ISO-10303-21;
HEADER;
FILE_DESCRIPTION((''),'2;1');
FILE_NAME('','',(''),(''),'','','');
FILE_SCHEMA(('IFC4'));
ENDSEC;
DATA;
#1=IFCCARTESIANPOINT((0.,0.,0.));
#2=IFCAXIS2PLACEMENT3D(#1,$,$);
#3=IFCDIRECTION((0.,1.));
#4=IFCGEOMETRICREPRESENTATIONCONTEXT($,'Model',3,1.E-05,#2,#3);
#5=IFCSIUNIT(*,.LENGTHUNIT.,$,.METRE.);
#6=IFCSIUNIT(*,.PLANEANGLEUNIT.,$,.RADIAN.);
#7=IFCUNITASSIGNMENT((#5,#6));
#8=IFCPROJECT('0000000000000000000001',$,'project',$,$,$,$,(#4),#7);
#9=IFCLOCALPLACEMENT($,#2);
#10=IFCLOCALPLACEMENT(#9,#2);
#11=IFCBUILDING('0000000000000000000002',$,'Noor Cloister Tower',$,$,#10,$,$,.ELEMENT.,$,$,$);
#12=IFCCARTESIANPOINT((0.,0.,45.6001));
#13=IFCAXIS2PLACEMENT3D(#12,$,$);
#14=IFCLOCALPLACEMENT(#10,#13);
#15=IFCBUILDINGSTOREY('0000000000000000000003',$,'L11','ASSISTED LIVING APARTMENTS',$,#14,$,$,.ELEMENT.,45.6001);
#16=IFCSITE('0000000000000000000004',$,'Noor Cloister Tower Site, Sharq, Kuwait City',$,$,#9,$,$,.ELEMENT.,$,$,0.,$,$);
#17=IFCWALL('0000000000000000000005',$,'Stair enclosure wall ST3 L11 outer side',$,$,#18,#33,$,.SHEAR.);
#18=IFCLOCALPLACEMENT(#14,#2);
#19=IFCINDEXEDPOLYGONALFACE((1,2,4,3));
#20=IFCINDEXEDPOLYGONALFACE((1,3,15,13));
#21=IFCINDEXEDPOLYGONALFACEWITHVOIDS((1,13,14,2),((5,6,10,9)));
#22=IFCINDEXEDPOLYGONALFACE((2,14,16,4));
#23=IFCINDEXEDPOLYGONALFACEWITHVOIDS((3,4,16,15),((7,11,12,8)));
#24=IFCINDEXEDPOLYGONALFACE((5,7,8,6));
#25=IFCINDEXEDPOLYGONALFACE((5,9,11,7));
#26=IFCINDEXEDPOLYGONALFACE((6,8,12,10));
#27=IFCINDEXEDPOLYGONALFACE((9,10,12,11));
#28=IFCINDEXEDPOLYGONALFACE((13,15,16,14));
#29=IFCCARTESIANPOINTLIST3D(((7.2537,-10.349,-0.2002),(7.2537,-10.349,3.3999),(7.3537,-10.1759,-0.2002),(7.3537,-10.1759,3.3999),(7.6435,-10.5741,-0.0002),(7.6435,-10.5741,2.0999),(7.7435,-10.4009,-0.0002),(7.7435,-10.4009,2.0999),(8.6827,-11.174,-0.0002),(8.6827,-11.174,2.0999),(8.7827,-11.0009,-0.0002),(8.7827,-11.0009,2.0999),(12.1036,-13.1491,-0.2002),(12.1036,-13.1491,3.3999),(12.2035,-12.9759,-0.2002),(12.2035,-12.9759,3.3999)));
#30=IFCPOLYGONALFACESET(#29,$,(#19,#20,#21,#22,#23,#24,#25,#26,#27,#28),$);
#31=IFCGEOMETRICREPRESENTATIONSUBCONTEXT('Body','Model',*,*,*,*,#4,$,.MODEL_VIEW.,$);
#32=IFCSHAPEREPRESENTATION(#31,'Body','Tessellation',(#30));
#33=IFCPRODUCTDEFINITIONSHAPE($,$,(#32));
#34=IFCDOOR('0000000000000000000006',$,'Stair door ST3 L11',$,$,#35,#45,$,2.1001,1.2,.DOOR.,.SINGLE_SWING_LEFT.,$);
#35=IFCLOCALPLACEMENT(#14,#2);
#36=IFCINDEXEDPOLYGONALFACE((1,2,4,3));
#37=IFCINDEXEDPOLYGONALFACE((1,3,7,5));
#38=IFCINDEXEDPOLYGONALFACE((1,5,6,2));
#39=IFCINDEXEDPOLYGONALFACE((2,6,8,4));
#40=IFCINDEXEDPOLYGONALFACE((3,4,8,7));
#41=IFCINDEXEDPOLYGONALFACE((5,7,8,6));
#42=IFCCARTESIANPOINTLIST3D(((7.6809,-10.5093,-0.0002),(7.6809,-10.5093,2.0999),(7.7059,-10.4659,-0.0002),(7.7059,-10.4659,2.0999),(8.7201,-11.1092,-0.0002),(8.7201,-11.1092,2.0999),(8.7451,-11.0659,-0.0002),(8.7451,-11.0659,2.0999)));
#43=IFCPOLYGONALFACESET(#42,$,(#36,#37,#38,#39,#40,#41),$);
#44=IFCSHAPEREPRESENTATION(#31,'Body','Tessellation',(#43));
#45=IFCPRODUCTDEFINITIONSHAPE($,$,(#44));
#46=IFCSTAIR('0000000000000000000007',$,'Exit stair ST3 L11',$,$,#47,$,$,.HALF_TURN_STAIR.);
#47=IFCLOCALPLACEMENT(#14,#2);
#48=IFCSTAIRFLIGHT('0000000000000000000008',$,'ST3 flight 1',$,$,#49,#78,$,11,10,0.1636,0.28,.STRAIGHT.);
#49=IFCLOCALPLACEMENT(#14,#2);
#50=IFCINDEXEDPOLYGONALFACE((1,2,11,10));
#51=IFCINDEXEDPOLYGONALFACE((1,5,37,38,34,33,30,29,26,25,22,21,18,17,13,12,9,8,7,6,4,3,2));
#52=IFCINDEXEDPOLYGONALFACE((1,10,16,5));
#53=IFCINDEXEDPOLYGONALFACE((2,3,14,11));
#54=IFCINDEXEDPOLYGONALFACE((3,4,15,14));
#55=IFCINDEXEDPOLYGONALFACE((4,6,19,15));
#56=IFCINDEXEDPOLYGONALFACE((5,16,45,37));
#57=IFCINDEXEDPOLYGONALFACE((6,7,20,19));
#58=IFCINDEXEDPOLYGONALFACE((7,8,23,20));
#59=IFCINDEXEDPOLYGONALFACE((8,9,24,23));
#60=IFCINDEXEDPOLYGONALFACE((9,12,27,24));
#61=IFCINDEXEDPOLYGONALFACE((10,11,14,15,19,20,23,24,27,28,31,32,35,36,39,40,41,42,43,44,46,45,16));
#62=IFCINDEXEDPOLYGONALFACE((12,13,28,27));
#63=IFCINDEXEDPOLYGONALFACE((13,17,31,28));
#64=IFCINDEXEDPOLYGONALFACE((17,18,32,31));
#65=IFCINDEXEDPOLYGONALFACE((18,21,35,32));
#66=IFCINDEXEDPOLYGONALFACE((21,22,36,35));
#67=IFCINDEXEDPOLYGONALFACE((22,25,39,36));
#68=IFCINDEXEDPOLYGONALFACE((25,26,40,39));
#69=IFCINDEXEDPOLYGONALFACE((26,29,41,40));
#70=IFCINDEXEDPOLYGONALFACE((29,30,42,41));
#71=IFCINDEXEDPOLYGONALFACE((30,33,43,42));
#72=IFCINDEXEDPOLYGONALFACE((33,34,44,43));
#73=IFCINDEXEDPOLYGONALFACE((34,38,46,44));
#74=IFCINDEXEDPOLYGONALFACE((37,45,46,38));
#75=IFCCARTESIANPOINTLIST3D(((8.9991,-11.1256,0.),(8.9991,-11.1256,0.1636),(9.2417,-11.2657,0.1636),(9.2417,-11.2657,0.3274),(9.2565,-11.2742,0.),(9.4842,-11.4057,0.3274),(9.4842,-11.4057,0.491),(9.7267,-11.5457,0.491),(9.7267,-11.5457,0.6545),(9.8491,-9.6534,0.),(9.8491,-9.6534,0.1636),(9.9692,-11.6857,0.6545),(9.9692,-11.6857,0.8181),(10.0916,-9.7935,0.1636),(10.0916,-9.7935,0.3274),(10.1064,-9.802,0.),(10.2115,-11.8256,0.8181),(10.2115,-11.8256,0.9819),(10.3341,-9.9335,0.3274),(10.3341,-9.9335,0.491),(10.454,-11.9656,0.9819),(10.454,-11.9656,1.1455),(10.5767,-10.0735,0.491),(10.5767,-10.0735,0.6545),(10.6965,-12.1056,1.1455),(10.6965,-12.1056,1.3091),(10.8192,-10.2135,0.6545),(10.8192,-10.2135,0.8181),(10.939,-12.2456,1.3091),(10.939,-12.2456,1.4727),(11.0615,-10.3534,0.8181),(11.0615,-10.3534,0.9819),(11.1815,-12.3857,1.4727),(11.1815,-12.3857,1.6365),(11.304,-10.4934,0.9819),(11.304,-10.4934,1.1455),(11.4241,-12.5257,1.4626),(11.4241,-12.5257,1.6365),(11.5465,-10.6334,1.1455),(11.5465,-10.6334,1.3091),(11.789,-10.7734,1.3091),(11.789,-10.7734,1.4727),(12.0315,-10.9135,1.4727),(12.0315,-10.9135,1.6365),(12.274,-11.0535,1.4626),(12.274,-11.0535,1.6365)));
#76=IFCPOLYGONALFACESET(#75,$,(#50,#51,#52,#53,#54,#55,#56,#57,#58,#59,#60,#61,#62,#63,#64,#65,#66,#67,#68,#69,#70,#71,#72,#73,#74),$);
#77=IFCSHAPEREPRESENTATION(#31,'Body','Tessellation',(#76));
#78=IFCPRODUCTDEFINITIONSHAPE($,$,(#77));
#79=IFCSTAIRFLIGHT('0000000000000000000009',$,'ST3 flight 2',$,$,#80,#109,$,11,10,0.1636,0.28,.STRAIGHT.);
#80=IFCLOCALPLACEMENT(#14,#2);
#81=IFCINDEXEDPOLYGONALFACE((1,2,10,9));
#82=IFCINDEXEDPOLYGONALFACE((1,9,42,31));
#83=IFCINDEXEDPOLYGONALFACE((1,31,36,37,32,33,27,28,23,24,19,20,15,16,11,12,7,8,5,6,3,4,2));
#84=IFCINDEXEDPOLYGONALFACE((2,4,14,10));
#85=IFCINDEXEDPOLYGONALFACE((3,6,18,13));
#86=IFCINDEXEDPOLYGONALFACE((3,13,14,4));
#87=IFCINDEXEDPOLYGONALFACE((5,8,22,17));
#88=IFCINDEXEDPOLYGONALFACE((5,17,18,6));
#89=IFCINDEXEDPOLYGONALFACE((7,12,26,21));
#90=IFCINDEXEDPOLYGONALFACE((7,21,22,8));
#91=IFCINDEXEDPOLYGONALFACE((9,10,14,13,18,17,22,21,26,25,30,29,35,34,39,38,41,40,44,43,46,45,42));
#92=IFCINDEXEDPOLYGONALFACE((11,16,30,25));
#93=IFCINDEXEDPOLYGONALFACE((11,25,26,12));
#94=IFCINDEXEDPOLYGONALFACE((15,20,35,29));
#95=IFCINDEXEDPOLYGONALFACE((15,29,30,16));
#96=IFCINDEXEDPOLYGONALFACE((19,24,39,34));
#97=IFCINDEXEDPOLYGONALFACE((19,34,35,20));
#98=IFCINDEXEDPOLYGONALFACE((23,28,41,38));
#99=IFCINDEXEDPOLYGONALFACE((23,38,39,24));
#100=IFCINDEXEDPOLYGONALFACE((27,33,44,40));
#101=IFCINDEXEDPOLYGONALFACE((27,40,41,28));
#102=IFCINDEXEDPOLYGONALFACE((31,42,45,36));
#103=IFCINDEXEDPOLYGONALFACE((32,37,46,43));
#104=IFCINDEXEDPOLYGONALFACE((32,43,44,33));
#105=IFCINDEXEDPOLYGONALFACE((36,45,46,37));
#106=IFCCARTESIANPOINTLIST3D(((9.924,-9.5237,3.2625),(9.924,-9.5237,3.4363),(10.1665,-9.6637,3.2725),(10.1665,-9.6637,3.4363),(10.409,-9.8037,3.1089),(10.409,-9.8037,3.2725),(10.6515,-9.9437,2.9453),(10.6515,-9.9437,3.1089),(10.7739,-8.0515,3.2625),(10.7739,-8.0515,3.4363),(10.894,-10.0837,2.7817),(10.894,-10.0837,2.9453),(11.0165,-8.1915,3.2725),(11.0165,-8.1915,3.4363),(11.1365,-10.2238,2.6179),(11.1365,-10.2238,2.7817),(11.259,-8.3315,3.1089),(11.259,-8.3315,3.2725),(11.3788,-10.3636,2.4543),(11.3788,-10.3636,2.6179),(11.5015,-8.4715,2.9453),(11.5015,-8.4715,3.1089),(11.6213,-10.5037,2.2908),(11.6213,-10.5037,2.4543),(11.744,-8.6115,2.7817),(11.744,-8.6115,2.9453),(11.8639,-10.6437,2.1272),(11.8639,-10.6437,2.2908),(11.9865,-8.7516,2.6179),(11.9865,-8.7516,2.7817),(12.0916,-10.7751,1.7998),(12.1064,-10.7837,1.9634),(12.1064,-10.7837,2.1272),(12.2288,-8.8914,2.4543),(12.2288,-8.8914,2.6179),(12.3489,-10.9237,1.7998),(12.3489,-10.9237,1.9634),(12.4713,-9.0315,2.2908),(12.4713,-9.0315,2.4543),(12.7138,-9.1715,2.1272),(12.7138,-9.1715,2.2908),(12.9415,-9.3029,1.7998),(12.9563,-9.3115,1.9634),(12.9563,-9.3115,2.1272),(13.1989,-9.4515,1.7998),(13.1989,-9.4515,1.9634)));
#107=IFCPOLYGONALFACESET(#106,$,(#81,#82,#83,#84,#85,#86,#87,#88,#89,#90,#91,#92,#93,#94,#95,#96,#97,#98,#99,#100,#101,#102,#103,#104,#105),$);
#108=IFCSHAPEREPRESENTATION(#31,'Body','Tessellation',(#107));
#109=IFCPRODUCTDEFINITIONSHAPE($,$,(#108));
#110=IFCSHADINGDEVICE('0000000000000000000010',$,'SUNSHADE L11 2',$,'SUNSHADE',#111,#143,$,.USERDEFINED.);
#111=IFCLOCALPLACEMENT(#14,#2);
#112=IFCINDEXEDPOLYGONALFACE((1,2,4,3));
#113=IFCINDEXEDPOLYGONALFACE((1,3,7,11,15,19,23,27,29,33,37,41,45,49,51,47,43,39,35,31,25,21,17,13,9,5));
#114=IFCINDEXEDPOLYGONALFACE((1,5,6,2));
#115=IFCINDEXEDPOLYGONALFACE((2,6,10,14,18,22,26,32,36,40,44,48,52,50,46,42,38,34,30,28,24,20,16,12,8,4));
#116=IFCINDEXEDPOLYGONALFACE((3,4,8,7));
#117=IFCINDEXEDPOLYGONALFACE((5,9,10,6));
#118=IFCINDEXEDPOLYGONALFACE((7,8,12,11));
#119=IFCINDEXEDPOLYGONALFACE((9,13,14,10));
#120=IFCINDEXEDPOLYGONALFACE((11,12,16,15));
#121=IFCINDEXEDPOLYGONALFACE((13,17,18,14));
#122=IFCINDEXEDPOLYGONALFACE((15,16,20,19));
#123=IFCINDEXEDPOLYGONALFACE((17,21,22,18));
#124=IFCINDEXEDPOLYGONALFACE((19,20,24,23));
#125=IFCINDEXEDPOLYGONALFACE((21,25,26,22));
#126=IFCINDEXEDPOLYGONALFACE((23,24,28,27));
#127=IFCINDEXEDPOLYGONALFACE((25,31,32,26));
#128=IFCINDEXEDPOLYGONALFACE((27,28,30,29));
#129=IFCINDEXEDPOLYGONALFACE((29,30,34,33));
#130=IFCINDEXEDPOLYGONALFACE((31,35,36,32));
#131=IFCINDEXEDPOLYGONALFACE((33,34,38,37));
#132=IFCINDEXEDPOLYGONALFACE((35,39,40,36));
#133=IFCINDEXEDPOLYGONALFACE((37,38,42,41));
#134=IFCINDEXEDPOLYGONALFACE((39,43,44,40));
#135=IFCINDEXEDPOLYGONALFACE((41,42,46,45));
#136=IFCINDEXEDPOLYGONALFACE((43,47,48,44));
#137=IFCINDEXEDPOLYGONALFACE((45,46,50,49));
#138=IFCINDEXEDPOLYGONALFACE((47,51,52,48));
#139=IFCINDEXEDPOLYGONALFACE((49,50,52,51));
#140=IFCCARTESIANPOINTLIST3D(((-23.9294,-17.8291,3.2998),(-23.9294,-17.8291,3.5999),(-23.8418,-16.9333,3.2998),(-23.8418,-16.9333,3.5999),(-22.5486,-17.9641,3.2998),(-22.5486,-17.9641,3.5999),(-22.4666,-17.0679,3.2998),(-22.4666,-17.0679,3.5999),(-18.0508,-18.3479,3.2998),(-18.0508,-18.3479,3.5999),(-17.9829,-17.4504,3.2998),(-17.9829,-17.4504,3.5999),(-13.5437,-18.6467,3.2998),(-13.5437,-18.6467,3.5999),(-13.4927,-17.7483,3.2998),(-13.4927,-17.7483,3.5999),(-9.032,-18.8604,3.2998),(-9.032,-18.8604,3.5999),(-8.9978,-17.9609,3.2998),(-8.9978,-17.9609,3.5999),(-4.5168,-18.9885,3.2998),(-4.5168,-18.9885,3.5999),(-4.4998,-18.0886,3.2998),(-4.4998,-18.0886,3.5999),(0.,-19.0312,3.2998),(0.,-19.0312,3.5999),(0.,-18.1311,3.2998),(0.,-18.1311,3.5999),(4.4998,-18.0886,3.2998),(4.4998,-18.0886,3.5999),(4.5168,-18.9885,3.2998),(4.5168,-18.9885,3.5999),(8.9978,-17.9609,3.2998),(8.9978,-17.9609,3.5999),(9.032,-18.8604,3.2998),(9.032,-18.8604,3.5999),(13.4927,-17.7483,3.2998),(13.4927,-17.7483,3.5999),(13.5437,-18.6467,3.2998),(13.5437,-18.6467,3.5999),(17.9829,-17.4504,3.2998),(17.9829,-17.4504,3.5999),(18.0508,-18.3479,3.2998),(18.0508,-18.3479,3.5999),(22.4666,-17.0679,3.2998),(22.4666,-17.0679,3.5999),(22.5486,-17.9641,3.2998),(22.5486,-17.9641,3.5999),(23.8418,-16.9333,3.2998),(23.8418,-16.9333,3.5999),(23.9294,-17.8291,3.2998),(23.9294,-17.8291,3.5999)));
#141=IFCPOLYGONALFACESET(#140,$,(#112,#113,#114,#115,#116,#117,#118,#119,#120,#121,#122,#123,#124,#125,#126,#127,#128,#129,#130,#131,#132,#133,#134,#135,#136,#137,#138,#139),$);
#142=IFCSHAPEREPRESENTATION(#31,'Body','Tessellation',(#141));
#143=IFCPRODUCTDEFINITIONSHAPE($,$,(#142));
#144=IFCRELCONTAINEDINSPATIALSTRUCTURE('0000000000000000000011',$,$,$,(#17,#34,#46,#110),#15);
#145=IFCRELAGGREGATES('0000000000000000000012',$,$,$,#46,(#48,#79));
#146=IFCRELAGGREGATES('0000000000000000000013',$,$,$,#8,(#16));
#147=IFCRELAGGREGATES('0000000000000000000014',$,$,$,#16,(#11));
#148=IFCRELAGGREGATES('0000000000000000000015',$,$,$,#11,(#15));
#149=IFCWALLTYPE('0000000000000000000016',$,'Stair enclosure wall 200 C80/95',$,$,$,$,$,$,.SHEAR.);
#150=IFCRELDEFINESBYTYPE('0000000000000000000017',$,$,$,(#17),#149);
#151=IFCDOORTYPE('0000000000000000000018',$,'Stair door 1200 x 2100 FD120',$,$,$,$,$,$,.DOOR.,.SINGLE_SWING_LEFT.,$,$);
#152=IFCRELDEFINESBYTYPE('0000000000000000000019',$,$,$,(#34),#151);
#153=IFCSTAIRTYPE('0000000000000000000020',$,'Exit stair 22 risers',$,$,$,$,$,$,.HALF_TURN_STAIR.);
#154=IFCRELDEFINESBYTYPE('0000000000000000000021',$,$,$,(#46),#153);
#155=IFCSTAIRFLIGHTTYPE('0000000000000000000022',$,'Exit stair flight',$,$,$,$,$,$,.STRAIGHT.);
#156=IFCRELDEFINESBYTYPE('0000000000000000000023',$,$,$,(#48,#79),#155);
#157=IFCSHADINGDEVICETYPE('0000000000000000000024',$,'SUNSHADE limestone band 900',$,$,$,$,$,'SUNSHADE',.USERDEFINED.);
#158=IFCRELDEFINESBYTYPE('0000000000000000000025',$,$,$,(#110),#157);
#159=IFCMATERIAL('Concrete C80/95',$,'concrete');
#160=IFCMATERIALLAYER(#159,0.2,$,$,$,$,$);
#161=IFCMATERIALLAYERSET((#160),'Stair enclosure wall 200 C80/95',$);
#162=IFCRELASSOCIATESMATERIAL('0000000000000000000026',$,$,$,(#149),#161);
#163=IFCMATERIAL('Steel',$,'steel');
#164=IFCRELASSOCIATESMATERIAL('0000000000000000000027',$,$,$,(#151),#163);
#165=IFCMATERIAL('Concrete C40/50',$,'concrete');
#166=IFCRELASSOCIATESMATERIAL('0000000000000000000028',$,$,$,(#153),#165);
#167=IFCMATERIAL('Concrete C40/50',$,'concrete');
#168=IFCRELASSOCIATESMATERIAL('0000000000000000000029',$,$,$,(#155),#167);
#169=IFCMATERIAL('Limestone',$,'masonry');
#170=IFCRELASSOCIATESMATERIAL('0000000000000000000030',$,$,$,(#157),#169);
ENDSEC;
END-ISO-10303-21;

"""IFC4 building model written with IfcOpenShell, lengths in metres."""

from ifc_helpers import new_model, si_unit, direction, frame, frame_2d, origin, place, context, subcontext, project, spatial, polyline, rectangle, outline, extrude, material, layer, layer_set, type_object, element, fill, aggregate, save


model = new_model("IFC4")

# Units and contexts
model_context = context("Model", 3, precision=1e-05, world=origin(), true_north=direction((0.0, 1.0)))
body_context = subcontext(model_context, "Body", "Model", "MODEL_VIEW")
ifc_project = project(units=[si_unit("LENGTHUNIT", "METRE"), si_unit("PLANEANGLEUNIT", "RADIAN")], contexts=[model_context])

# Site, building, storey
site_placement = place(None, origin())
site = spatial("IfcSite", under=ifc_project, at=site_placement, Name="Noor Cloister Tower Site, Sharq, Kuwait City", CompositionType="ELEMENT", RefElevation=0.0)
building_placement = place(site_placement, origin())
building = spatial("IfcBuilding", under=site, at=building_placement, Name="Noor Cloister Tower", CompositionType="ELEMENT")
storey_placement = place(building_placement, frame((0.0, 0.0, 45.6001)))
storey = spatial("IfcBuildingStorey", under=building, at=storey_placement, Name="L11", Description="ASSISTED LIVING APARTMENTS", CompositionType="ELEMENT", Elevation=45.6001)

# Wall, opening, door
ifc_material_1 = material(Name="Concrete C80/95", Category="concrete")
ifc_layer_1 = layer(ifc_material_1, 0.2)
ifc_layer_set_1 = layer_set([ifc_layer_1], Name="Stair enclosure wall 200 C80/95")
wall_type_1 = type_object("IfcWallType", Name="Stair enclosure wall 200 C80/95", PredefinedType="SHEAR", material=ifc_layer_set_1)
ifc_material_2 = material(Name="Steel", Category="steel")
door_type_1 = type_object("IfcDoorType", Name="Stair door 1200 x 2100 FD120", OperationType="SINGLE_SWING_LEFT", PredefinedType="DOOR", material=ifc_material_2)
wall_1_placement = place(storey_placement, frame((7.3037, -10.2625, -0.2002), z_axis=(0.0, 0.0, 1.0), x_axis=(0.866027, -0.499998, 0.0)))
wall_1 = element("IfcWall", 1, at=wall_1_placement, inside=storey, type_object=wall_type_1, Name="Stair enclosure wall ST3 L11 outer side", PredefinedType="SHEAR", context=body_context, shape_type="SweptSolid", body=[
    extrude(rectangle(XDim=5.6001, YDim=0.2, at=frame_2d((2.8, 0.0))), origin(), (0.0, 0.0, 1.0), 3.6001),
])
opening_1_placement = place(wall_1_placement, frame((0.45, 0.0, 0.2)))
opening_1 = element("IfcOpeningElement", 2, at=opening_1_placement, cuts=wall_1, PredefinedType="OPENING", context=body_context, shape_type="SweptSolid", body=[
    extrude(rectangle(XDim=1.2, YDim=2.1001, at=frame_2d((0.6001, 1.05))), frame((0.0, 0.1099, 0.0), z_axis=(0.0, -1.0, 0.0), x_axis=(1.0, 0.0, 0.0)), (0.0, 0.0, 1.0), 0.22),
])
door_1_placement = place(opening_1_placement, origin())
door_1 = element("IfcDoor", 3, at=door_1_placement, inside=storey, type_object=door_type_1, Name="Stair door ST3 L11", OperationType="SINGLE_SWING_LEFT", OverallHeight=2.1001, OverallWidth=1.2, PredefinedType="DOOR", context=body_context, shape_type="SweptSolid", body=[
    extrude(rectangle(XDim=1.2, YDim=2.1001, at=frame_2d((0.6001, 1.05))), frame((0.0, 0.0249, 0.0), z_axis=(0.0, -1.0, 0.0), x_axis=(1.0, 0.0, 0.0)), (0.0, 0.0, 1.0), 0.05),
])
fill(opening_1, door_1)

# Stair, stair flights
ifc_material_3 = material(Name="Concrete C40/50", Category="concrete")
stair_type = type_object("IfcStairType", Name="Exit stair 22 risers", PredefinedType="HALF_TURN_STAIR", material=ifc_material_3)
stair_placement = place(storey_placement, origin())
stair = element("IfcStair", 4, at=stair_placement, inside=storey, type_object=stair_type, Name="Exit stair ST3 L11", PredefinedType="HALF_TURN_STAIR")
ifc_material_4 = material(Name="Concrete C40/50", Category="concrete")
stair_flight_type = type_object("IfcStairFlightType", Name="Exit stair flight", PredefinedType="STRAIGHT", material=ifc_material_4)
stair_flight_1_placement = place(storey_placement, frame((9.4241, -10.3896, 0.0), z_axis=(0.0, 0.0, 1.0), x_axis=(0.866025, -0.5, 0.0)))
stair_flight_1 = element("IfcStairFlight", 5, at=stair_flight_1_placement, type_object=stair_flight_type, Name="ST3 flight 1", NumberOfRisers=11, NumberOfTreads=10, PredefinedType="STRAIGHT", RiserHeight=0.1636, TreadLength=0.28, context=body_context, shape_type="SweptSolid", body=[
    extrude(outline(polyline([(0.0, 0.0), (0.0, 0.1636), (0.28, 0.1636), (0.28, 0.3274), (0.5601, 0.3274), (0.5601, 0.491), (0.8401, 0.491), (0.8401, 0.6545), (1.1201, 0.6545), (1.1201, 0.8181), (1.3999, 0.8181), (1.3999, 0.9819), (1.6799, 0.9819), (1.6799, 1.1455), (1.96, 1.1455), (1.96, 1.3091), (2.24, 1.3091), (2.24, 1.4727), (2.52, 1.4727), (2.52, 1.6365), (2.8, 1.6365), (2.8, 1.8), (2.8, 1.4626), (0.2971, 0.0), (0.0, 0.0)])), frame((0.0, 0.8501, 0.0), z_axis=(0.0, -1.0, 0.0), x_axis=(1.0, 0.0, 0.0)), (0.0, 0.0, 1.0), 1.7),
])
stair_flight_2_placement = place(storey_placement, frame((12.7739, -10.1875, 1.7998), z_axis=(0.0, 0.0, 1.0), x_axis=(-0.866025, 0.5, 0.0)))
stair_flight_2 = element("IfcStairFlight", 6, at=stair_flight_2_placement, type_object=stair_flight_type, Name="ST3 flight 2", NumberOfRisers=11, NumberOfTreads=10, PredefinedType="STRAIGHT", RiserHeight=0.1636, TreadLength=0.28, context=body_context, shape_type="SweptSolid", body=[
    extrude(outline(polyline([(0.0, 0.0), (0.0, 0.1636), (0.28, 0.1636), (0.28, 0.3274), (0.5601, 0.3274), (0.5601, 0.491), (0.8401, 0.491), (0.8401, 0.6545), (1.1201, 0.6545), (1.1201, 0.8181), (1.3999, 0.8181), (1.3999, 0.9819), (1.6799, 0.9819), (1.6799, 1.1455), (1.96, 1.1455), (1.96, 1.3091), (2.24, 1.3091), (2.24, 1.4727), (2.52, 1.4727), (2.52, 1.6365), (2.8, 1.6365), (2.8, 1.8), (2.8, 1.4626), (0.2971, 0.0), (0.0, 0.0)])), frame((0.0, 0.8501, 0.0), z_axis=(0.0, -1.0, 0.0), x_axis=(1.0, 0.0, 0.0)), (0.0, 0.0, 1.0), 1.7),
])
aggregate(stair, [stair_flight_1, stair_flight_2])

# Shading device
ifc_material_5 = material(Name="Limestone", Category="masonry")
shading_device_type = type_object("IfcShadingDeviceType", Name="SUNSHADE limestone band 900", ElementType="SUNSHADE", PredefinedType="USERDEFINED", material=ifc_material_5)
shading_device_placement = place(storey_placement, frame((0.0, 0.0, 3.2998)))
element("IfcShadingDevice", 7, at=shading_device_placement, inside=storey, type_object=shading_device_type, Name="SUNSHADE L11 2", ObjectType="SUNSHADE", PredefinedType="USERDEFINED", context=body_context, shape_type="SweptSolid", body=[
    extrude(outline(polyline([(-23.9294, -17.8291), (-22.5486, -17.9641), (-18.0508, -18.3479), (-13.5437, -18.6467), (-9.032, -18.8604), (-4.5168, -18.9885), (0.0, -19.0312), (4.5168, -18.9885), (9.032, -18.8604), (13.5437, -18.6467), (18.0508, -18.3479), (22.5486, -17.9641), (23.9294, -17.8291), (23.8418, -16.9333), (22.4666, -17.0679), (17.9829, -17.4504), (13.4927, -17.7483), (8.9978, -17.9609), (4.4998, -18.0886), (0.0, -18.1311), (-4.4998, -18.0886), (-8.9978, -17.9609), (-13.4927, -17.7483), (-17.9829, -17.4504), (-22.4666, -17.0679), (-23.8418, -16.9333), (-23.9294, -17.8291)])), origin(), (0.0, 0.0, 1.0), 0.3),
])

save(model, "model.ifc")
